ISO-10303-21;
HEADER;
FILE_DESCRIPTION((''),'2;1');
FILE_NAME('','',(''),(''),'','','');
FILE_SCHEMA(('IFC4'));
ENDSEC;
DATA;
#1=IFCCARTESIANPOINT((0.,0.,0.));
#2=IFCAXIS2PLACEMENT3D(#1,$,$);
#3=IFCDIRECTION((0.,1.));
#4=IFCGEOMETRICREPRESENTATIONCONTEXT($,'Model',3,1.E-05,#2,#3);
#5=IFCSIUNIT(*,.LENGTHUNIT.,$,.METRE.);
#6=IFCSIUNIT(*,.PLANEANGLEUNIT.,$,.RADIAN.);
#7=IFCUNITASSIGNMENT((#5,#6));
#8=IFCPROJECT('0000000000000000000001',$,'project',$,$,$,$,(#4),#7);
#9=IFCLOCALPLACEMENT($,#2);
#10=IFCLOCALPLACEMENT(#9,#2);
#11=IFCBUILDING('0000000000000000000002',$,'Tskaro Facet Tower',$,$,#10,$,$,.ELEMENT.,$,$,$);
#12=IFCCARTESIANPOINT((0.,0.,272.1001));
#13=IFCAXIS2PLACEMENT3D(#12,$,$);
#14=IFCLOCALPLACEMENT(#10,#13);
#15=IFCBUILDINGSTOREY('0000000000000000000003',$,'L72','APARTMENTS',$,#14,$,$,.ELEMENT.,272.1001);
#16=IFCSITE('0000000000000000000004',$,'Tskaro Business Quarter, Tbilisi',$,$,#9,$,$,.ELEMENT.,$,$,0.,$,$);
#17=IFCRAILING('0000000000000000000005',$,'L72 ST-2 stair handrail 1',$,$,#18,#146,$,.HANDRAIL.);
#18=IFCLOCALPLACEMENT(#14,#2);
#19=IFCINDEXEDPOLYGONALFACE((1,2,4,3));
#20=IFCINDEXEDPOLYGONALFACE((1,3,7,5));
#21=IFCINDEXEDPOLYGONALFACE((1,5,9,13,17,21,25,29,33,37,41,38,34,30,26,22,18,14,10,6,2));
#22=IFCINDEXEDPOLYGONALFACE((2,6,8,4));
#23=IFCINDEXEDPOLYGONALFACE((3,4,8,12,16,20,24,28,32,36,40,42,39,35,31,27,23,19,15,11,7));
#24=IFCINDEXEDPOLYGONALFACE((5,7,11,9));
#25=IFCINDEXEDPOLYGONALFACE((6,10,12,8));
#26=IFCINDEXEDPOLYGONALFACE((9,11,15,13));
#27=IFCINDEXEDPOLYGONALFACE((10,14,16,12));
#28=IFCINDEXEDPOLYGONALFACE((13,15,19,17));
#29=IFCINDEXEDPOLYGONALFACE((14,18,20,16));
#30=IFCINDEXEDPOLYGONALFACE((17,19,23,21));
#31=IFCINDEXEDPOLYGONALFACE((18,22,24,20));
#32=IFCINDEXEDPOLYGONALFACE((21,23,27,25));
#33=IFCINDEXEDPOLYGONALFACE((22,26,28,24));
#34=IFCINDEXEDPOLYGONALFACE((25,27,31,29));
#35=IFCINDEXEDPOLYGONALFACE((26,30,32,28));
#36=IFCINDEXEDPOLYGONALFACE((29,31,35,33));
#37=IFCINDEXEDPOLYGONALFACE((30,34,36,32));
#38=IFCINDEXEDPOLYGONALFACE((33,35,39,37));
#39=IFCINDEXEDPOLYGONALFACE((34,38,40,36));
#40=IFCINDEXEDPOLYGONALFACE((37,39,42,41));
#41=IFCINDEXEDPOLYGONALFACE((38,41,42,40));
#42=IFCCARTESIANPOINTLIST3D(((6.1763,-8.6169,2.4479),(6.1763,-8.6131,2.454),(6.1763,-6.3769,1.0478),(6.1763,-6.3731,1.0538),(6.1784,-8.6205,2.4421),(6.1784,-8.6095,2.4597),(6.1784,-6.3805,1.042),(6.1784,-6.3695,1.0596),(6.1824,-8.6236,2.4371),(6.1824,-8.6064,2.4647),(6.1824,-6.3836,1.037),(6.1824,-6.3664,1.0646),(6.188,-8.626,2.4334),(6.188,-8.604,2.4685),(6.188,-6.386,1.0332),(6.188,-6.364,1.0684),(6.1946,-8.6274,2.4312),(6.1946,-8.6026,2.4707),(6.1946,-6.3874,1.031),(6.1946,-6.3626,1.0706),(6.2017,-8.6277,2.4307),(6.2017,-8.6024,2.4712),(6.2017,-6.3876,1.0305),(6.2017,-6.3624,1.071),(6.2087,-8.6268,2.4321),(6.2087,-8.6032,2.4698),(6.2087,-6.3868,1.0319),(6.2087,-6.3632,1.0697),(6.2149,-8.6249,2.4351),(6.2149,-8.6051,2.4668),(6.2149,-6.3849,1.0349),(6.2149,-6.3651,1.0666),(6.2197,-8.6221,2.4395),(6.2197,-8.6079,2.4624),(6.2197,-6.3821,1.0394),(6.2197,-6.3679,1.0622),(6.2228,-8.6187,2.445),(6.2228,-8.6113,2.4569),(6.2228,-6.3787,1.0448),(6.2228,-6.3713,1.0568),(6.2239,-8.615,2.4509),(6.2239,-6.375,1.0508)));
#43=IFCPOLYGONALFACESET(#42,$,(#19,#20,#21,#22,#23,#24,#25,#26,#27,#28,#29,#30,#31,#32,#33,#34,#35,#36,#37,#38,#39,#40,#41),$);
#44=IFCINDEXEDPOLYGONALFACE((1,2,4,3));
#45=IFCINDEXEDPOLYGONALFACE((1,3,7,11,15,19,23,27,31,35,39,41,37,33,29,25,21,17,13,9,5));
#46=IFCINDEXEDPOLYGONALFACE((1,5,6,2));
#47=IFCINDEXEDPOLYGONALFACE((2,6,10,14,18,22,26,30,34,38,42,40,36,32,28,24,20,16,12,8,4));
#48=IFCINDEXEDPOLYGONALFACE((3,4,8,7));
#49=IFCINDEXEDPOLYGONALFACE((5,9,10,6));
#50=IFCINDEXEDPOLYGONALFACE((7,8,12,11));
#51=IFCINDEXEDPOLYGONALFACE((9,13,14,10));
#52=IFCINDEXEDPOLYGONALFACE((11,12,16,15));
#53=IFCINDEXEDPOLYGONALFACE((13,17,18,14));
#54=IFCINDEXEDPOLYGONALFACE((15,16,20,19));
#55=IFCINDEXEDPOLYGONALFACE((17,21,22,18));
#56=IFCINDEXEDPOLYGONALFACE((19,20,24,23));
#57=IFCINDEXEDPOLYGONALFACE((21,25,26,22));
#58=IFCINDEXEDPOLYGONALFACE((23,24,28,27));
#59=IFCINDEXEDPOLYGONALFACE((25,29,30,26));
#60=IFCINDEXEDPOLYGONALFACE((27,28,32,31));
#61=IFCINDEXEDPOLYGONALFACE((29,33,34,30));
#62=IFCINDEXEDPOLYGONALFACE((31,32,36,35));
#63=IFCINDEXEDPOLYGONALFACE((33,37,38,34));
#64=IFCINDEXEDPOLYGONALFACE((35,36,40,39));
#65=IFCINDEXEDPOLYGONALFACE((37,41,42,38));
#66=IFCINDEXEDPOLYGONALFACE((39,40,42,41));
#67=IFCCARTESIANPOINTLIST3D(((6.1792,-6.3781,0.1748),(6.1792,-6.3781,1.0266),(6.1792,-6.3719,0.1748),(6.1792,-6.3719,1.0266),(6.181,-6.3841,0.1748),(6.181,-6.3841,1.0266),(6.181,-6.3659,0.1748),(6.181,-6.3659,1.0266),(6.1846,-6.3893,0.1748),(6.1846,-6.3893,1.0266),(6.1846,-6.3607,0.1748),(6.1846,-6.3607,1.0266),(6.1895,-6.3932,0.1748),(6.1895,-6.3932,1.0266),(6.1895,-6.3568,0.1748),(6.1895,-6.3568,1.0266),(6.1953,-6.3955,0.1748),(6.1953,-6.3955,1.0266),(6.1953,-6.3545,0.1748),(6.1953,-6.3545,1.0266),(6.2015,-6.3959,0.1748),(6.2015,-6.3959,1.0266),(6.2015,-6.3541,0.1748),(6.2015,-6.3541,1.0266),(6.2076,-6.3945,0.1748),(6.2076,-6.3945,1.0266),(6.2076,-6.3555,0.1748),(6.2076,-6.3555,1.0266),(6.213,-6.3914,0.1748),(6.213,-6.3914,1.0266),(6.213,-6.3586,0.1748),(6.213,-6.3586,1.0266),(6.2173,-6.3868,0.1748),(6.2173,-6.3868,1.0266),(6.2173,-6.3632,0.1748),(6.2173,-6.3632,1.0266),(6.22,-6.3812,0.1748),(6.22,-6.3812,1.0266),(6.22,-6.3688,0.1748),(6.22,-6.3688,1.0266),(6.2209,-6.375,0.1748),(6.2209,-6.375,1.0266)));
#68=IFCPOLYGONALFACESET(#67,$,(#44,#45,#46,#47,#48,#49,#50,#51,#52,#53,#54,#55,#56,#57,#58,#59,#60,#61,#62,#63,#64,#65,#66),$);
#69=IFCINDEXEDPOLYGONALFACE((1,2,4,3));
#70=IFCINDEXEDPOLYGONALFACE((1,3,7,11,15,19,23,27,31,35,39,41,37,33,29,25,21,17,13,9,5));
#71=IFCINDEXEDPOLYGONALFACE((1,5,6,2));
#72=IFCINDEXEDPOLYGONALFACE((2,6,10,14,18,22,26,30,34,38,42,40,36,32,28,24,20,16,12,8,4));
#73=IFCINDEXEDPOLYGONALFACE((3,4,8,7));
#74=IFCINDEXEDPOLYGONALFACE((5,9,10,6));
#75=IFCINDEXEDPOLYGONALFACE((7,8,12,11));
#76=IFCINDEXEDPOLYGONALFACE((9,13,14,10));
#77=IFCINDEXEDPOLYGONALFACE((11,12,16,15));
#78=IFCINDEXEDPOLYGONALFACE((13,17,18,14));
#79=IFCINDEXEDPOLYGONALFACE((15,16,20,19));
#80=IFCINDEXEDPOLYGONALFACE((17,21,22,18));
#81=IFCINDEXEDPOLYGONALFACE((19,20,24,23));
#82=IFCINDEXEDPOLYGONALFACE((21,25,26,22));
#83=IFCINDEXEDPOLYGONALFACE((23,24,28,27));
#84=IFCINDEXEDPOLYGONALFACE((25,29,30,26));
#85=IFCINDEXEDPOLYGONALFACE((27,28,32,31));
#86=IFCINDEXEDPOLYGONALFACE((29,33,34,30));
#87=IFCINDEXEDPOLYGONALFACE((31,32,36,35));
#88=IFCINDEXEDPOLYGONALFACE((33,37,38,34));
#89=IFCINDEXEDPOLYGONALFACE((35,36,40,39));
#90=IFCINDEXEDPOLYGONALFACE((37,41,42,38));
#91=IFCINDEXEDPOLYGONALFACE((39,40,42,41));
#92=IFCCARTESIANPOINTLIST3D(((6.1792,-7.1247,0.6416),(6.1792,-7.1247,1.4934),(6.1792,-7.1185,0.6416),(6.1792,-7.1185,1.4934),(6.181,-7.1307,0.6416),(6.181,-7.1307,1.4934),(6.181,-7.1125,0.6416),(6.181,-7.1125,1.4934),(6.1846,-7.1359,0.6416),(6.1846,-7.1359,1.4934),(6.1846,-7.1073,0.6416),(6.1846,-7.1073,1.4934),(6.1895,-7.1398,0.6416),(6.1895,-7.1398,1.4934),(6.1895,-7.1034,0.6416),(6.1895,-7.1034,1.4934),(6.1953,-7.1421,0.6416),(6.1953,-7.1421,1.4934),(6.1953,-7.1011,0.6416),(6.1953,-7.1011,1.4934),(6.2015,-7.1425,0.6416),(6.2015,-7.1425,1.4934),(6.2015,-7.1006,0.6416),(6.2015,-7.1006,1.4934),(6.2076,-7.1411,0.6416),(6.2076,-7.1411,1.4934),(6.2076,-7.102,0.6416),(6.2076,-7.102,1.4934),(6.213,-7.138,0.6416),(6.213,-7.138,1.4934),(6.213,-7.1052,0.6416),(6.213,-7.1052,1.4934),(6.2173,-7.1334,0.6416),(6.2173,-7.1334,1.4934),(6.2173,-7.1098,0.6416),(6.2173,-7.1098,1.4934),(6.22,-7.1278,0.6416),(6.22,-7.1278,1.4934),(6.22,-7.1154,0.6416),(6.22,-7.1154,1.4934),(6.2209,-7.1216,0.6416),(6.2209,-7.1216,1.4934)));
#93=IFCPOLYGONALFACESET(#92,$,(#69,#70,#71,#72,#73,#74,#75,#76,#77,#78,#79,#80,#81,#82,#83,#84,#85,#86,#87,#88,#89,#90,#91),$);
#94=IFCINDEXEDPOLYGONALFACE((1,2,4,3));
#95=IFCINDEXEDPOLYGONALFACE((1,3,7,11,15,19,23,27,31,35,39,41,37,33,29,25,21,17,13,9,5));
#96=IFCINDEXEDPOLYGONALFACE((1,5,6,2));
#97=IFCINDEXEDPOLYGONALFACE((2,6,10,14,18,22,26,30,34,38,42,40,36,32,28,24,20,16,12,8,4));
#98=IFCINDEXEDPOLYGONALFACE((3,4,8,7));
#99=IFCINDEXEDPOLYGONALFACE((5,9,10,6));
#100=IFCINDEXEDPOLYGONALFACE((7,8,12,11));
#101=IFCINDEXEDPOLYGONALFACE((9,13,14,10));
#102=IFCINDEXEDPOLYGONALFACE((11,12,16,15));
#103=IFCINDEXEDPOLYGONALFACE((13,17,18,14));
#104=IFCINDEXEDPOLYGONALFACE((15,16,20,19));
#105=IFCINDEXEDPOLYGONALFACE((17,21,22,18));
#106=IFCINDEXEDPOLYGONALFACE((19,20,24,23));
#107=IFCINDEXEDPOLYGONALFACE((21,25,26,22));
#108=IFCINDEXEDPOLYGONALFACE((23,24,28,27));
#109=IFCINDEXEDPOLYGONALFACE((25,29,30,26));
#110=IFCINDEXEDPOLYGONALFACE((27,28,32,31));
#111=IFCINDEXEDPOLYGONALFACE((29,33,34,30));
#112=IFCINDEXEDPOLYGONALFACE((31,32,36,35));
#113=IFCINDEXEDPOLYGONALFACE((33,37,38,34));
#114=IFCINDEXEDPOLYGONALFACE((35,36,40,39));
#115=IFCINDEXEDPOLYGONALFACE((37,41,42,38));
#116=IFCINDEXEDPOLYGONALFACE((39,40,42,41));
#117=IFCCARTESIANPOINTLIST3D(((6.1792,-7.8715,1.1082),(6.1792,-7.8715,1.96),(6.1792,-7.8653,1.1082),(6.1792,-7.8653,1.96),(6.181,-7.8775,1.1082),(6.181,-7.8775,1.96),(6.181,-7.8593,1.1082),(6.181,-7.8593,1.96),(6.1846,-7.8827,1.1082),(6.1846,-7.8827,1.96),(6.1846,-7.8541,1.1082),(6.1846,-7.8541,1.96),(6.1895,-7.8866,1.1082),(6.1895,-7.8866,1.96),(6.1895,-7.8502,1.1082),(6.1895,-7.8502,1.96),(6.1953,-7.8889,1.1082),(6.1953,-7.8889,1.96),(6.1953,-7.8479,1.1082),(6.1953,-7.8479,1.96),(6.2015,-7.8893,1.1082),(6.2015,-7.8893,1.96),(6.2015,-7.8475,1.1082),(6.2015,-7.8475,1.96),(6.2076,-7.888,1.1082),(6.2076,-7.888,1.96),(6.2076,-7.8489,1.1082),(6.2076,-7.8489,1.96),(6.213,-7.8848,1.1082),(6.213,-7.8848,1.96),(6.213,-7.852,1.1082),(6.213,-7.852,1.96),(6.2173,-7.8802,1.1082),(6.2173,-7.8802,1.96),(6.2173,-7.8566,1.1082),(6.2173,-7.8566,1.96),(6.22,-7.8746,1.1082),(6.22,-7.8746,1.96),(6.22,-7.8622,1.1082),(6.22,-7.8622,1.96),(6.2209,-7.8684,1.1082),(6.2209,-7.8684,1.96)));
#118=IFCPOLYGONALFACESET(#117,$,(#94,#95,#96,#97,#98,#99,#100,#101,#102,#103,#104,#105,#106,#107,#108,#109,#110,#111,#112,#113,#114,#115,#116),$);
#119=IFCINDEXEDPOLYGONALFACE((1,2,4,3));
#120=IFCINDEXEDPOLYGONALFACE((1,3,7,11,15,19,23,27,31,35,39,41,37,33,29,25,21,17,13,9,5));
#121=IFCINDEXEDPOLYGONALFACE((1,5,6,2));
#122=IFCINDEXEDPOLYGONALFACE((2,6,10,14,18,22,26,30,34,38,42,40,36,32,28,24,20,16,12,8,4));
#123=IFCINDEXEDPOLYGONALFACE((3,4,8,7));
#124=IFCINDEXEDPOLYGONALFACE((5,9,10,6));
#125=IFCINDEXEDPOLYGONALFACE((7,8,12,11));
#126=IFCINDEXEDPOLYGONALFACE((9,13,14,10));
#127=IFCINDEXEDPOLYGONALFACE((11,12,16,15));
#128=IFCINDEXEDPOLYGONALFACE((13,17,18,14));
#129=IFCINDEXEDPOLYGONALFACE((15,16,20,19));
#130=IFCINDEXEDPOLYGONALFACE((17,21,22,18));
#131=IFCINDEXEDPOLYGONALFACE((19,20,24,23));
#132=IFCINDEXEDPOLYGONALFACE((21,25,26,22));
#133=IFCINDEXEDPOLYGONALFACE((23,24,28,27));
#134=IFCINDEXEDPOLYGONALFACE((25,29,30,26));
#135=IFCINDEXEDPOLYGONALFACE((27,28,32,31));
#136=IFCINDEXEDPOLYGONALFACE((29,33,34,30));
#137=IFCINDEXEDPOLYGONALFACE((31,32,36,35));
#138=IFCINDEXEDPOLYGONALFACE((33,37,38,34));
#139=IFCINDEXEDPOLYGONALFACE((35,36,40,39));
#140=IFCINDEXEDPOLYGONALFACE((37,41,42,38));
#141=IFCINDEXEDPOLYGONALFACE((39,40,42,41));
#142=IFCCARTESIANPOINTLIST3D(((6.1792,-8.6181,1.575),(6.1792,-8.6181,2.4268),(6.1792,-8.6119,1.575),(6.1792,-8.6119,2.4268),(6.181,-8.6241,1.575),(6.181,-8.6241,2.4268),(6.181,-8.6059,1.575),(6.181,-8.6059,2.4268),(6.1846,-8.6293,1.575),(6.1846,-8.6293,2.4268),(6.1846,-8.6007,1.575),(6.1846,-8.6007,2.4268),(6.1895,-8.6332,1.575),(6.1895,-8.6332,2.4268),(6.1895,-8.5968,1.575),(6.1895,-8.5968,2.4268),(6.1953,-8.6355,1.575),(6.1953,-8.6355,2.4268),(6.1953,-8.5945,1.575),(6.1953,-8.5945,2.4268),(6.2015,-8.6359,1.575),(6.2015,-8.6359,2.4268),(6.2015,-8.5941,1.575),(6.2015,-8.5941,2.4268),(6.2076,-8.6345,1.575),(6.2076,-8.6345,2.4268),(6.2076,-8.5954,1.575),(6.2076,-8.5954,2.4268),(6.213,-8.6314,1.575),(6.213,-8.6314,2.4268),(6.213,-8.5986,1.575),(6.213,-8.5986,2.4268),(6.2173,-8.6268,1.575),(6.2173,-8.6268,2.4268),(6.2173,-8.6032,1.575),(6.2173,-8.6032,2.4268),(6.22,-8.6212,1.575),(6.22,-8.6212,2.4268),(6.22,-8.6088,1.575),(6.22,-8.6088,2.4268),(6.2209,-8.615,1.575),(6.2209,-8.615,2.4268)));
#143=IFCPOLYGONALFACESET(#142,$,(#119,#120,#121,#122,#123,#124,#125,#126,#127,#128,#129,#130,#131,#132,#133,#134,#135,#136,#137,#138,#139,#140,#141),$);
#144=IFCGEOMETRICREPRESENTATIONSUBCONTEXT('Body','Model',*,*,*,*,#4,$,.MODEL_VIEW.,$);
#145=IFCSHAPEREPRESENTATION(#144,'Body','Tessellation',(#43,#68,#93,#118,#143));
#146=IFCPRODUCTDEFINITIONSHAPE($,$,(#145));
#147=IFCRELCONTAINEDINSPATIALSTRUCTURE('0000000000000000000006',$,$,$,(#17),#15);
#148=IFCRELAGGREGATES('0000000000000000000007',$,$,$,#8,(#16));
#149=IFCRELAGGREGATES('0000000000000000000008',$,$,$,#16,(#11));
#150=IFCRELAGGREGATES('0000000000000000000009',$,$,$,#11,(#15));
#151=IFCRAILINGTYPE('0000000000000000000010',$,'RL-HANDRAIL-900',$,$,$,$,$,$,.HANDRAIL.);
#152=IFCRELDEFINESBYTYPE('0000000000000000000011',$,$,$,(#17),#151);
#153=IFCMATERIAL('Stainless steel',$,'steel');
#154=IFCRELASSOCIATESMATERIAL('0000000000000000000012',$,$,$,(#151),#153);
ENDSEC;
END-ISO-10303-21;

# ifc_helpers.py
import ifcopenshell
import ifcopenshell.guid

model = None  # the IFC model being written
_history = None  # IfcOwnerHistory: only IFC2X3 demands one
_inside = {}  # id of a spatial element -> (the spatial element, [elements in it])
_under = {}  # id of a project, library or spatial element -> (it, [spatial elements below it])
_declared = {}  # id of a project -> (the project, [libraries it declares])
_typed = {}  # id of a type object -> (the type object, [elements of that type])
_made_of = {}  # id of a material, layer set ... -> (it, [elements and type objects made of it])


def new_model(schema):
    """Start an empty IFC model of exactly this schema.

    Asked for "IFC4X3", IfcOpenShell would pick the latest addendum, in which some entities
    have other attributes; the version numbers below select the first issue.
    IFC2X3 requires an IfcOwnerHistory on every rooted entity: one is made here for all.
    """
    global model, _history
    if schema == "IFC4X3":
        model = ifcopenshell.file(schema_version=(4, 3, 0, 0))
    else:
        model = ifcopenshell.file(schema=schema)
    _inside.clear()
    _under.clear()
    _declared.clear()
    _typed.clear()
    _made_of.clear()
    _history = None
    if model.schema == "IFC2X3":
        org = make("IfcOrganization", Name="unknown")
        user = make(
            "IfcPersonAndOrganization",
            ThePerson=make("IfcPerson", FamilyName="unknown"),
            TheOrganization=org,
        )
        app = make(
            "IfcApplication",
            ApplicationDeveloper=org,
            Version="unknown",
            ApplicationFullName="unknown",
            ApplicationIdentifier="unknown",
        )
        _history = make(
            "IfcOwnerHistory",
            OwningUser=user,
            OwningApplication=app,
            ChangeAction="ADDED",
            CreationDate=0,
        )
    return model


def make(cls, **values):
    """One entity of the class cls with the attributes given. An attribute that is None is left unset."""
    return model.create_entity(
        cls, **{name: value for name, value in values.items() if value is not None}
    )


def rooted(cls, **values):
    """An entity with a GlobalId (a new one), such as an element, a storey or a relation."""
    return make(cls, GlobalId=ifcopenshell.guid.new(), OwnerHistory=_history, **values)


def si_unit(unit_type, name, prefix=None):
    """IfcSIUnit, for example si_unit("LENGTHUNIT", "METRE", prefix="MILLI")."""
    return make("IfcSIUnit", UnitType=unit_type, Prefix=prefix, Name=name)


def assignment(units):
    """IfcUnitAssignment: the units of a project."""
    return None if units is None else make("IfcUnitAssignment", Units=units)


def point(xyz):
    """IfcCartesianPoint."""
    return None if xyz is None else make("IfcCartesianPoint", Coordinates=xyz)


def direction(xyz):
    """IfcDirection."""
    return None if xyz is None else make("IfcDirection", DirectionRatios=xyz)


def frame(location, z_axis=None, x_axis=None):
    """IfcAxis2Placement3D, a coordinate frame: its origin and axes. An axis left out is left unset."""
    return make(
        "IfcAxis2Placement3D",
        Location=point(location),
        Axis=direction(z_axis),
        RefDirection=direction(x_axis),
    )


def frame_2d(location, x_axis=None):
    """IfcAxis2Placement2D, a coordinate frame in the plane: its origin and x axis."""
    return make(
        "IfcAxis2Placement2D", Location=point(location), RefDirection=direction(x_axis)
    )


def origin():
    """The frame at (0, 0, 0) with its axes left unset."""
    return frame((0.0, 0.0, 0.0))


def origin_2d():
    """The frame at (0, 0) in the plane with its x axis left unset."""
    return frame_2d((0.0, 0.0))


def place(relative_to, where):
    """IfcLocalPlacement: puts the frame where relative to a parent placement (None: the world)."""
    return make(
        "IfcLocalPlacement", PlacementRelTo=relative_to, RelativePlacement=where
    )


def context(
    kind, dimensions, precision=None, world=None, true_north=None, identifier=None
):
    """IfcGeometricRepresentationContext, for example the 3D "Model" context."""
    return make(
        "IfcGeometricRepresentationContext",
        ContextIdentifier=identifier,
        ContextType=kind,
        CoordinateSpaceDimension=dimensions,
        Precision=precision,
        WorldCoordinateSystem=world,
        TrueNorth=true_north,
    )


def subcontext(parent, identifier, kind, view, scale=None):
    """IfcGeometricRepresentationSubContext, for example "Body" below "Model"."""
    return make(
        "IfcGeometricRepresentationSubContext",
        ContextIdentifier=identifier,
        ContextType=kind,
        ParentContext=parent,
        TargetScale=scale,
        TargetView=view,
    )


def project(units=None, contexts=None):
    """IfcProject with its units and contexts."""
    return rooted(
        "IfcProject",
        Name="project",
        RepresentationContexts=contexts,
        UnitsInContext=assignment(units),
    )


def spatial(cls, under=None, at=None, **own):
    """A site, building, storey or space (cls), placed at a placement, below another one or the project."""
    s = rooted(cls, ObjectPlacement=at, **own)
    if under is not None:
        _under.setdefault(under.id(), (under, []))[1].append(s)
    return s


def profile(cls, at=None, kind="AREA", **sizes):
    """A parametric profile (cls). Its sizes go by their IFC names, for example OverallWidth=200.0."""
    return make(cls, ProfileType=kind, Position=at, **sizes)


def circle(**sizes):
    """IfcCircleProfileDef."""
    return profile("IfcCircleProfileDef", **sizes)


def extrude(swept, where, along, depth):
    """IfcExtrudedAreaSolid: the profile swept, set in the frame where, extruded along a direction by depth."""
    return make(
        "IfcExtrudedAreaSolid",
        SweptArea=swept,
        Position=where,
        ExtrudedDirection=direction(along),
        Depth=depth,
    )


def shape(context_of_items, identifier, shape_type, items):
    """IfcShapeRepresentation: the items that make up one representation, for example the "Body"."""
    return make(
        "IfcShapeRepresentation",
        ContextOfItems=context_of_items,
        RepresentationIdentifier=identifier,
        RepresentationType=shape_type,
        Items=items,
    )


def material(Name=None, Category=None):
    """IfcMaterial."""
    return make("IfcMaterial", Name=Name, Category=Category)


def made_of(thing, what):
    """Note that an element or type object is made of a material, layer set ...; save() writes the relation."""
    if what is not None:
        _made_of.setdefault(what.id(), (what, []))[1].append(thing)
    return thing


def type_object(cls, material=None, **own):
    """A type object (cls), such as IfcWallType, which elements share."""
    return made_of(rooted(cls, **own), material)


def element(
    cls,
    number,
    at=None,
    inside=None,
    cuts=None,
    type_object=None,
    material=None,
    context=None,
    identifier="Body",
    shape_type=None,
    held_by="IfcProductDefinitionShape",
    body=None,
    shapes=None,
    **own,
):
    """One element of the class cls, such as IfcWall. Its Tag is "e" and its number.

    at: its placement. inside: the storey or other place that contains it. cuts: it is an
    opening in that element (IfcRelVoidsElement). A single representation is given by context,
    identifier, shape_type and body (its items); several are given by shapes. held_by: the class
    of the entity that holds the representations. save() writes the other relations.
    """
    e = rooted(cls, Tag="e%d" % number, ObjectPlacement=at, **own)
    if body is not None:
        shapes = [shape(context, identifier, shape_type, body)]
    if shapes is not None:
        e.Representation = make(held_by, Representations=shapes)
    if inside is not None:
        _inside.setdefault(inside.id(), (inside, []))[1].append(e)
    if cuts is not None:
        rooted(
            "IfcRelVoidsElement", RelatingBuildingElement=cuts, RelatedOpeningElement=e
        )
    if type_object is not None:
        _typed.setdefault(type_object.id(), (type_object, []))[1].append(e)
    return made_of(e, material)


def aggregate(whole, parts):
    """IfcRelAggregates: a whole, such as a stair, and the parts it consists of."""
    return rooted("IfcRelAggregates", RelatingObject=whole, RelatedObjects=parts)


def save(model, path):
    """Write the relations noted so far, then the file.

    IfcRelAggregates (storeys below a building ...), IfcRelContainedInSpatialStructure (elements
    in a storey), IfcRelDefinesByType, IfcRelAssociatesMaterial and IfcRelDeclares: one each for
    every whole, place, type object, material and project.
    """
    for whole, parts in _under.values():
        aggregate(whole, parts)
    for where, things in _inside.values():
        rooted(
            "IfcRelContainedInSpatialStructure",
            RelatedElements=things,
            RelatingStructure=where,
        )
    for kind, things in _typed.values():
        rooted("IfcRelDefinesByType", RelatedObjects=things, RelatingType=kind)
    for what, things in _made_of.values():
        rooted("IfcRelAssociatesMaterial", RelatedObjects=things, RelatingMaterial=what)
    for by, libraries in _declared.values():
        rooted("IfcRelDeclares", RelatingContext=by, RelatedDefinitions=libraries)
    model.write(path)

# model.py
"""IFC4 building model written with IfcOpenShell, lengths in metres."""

from ifc_helpers import new_model, si_unit, direction, frame, origin, origin_2d, place, context, subcontext, project, spatial, circle, extrude, material, type_object, element, save


model = new_model("IFC4")

# Units and contexts
model_context = context("Model", 3, precision=1e-05, world=origin(), true_north=direction((0.0, 1.0)))
body_context = subcontext(model_context, "Body", "Model", "MODEL_VIEW")
ifc_project = project(units=[si_unit("LENGTHUNIT", "METRE"), si_unit("PLANEANGLEUNIT", "RADIAN")], contexts=[model_context])

# Site, building, storey
site_placement = place(None, origin())
site = spatial("IfcSite", under=ifc_project, at=site_placement, Name="Tskaro Business Quarter, Tbilisi", CompositionType="ELEMENT", RefElevation=0.0)
building_placement = place(site_placement, origin())
building = spatial("IfcBuilding", under=site, at=building_placement, Name="Tskaro Facet Tower", CompositionType="ELEMENT")
storey_placement = place(building_placement, frame((0.0, 0.0, 272.1001)))
storey = spatial("IfcBuildingStorey", under=building, at=storey_placement, Name="L72", Description="APARTMENTS", CompositionType="ELEMENT", Elevation=272.1001)

# Railing
ifc_material_1 = material(Name="Stainless steel", Category="steel")
railing_type_1 = type_object("IfcRailingType", Name="RL-HANDRAIL-900", PredefinedType="HANDRAIL", material=ifc_material_1)
railing_1_placement = place(storey_placement, frame((6.2, -6.375, 0.1748)))
element("IfcRailing", 1, at=railing_1_placement, inside=storey, type_object=railing_type_1, Name="L72 ST-2 stair handrail 1", PredefinedType="HANDRAIL", context=body_context, shape_type="SweptSolid", body=[
    extrude(circle(Radius=0.0239, at=origin_2d()), frame((0.0, 0.0, 0.876), z_axis=(0.0, -0.847972, 0.53004), x_axis=(1.0, 0.0, 0.0)), (0.0, 0.0, 1.0), 2.6416),
    extrude(circle(Radius=0.021, at=origin_2d()), origin(), (0.0, 0.0, 1.0), 0.8518),
    extrude(circle(Radius=0.021, at=origin_2d()), frame((0.0, -0.7466, 0.4668)), (0.0, 0.0, 1.0), 0.8518),
    extrude(circle(Radius=0.021, at=origin_2d()), frame((0.0, -1.4934, 0.9333)), (0.0, 0.0, 1.0), 0.8518),
    extrude(circle(Radius=0.021, at=origin_2d()), frame((0.0, -2.24, 1.4001)), (0.0, 0.0, 1.0), 0.8518),
])

save(model, "model.ifc")
